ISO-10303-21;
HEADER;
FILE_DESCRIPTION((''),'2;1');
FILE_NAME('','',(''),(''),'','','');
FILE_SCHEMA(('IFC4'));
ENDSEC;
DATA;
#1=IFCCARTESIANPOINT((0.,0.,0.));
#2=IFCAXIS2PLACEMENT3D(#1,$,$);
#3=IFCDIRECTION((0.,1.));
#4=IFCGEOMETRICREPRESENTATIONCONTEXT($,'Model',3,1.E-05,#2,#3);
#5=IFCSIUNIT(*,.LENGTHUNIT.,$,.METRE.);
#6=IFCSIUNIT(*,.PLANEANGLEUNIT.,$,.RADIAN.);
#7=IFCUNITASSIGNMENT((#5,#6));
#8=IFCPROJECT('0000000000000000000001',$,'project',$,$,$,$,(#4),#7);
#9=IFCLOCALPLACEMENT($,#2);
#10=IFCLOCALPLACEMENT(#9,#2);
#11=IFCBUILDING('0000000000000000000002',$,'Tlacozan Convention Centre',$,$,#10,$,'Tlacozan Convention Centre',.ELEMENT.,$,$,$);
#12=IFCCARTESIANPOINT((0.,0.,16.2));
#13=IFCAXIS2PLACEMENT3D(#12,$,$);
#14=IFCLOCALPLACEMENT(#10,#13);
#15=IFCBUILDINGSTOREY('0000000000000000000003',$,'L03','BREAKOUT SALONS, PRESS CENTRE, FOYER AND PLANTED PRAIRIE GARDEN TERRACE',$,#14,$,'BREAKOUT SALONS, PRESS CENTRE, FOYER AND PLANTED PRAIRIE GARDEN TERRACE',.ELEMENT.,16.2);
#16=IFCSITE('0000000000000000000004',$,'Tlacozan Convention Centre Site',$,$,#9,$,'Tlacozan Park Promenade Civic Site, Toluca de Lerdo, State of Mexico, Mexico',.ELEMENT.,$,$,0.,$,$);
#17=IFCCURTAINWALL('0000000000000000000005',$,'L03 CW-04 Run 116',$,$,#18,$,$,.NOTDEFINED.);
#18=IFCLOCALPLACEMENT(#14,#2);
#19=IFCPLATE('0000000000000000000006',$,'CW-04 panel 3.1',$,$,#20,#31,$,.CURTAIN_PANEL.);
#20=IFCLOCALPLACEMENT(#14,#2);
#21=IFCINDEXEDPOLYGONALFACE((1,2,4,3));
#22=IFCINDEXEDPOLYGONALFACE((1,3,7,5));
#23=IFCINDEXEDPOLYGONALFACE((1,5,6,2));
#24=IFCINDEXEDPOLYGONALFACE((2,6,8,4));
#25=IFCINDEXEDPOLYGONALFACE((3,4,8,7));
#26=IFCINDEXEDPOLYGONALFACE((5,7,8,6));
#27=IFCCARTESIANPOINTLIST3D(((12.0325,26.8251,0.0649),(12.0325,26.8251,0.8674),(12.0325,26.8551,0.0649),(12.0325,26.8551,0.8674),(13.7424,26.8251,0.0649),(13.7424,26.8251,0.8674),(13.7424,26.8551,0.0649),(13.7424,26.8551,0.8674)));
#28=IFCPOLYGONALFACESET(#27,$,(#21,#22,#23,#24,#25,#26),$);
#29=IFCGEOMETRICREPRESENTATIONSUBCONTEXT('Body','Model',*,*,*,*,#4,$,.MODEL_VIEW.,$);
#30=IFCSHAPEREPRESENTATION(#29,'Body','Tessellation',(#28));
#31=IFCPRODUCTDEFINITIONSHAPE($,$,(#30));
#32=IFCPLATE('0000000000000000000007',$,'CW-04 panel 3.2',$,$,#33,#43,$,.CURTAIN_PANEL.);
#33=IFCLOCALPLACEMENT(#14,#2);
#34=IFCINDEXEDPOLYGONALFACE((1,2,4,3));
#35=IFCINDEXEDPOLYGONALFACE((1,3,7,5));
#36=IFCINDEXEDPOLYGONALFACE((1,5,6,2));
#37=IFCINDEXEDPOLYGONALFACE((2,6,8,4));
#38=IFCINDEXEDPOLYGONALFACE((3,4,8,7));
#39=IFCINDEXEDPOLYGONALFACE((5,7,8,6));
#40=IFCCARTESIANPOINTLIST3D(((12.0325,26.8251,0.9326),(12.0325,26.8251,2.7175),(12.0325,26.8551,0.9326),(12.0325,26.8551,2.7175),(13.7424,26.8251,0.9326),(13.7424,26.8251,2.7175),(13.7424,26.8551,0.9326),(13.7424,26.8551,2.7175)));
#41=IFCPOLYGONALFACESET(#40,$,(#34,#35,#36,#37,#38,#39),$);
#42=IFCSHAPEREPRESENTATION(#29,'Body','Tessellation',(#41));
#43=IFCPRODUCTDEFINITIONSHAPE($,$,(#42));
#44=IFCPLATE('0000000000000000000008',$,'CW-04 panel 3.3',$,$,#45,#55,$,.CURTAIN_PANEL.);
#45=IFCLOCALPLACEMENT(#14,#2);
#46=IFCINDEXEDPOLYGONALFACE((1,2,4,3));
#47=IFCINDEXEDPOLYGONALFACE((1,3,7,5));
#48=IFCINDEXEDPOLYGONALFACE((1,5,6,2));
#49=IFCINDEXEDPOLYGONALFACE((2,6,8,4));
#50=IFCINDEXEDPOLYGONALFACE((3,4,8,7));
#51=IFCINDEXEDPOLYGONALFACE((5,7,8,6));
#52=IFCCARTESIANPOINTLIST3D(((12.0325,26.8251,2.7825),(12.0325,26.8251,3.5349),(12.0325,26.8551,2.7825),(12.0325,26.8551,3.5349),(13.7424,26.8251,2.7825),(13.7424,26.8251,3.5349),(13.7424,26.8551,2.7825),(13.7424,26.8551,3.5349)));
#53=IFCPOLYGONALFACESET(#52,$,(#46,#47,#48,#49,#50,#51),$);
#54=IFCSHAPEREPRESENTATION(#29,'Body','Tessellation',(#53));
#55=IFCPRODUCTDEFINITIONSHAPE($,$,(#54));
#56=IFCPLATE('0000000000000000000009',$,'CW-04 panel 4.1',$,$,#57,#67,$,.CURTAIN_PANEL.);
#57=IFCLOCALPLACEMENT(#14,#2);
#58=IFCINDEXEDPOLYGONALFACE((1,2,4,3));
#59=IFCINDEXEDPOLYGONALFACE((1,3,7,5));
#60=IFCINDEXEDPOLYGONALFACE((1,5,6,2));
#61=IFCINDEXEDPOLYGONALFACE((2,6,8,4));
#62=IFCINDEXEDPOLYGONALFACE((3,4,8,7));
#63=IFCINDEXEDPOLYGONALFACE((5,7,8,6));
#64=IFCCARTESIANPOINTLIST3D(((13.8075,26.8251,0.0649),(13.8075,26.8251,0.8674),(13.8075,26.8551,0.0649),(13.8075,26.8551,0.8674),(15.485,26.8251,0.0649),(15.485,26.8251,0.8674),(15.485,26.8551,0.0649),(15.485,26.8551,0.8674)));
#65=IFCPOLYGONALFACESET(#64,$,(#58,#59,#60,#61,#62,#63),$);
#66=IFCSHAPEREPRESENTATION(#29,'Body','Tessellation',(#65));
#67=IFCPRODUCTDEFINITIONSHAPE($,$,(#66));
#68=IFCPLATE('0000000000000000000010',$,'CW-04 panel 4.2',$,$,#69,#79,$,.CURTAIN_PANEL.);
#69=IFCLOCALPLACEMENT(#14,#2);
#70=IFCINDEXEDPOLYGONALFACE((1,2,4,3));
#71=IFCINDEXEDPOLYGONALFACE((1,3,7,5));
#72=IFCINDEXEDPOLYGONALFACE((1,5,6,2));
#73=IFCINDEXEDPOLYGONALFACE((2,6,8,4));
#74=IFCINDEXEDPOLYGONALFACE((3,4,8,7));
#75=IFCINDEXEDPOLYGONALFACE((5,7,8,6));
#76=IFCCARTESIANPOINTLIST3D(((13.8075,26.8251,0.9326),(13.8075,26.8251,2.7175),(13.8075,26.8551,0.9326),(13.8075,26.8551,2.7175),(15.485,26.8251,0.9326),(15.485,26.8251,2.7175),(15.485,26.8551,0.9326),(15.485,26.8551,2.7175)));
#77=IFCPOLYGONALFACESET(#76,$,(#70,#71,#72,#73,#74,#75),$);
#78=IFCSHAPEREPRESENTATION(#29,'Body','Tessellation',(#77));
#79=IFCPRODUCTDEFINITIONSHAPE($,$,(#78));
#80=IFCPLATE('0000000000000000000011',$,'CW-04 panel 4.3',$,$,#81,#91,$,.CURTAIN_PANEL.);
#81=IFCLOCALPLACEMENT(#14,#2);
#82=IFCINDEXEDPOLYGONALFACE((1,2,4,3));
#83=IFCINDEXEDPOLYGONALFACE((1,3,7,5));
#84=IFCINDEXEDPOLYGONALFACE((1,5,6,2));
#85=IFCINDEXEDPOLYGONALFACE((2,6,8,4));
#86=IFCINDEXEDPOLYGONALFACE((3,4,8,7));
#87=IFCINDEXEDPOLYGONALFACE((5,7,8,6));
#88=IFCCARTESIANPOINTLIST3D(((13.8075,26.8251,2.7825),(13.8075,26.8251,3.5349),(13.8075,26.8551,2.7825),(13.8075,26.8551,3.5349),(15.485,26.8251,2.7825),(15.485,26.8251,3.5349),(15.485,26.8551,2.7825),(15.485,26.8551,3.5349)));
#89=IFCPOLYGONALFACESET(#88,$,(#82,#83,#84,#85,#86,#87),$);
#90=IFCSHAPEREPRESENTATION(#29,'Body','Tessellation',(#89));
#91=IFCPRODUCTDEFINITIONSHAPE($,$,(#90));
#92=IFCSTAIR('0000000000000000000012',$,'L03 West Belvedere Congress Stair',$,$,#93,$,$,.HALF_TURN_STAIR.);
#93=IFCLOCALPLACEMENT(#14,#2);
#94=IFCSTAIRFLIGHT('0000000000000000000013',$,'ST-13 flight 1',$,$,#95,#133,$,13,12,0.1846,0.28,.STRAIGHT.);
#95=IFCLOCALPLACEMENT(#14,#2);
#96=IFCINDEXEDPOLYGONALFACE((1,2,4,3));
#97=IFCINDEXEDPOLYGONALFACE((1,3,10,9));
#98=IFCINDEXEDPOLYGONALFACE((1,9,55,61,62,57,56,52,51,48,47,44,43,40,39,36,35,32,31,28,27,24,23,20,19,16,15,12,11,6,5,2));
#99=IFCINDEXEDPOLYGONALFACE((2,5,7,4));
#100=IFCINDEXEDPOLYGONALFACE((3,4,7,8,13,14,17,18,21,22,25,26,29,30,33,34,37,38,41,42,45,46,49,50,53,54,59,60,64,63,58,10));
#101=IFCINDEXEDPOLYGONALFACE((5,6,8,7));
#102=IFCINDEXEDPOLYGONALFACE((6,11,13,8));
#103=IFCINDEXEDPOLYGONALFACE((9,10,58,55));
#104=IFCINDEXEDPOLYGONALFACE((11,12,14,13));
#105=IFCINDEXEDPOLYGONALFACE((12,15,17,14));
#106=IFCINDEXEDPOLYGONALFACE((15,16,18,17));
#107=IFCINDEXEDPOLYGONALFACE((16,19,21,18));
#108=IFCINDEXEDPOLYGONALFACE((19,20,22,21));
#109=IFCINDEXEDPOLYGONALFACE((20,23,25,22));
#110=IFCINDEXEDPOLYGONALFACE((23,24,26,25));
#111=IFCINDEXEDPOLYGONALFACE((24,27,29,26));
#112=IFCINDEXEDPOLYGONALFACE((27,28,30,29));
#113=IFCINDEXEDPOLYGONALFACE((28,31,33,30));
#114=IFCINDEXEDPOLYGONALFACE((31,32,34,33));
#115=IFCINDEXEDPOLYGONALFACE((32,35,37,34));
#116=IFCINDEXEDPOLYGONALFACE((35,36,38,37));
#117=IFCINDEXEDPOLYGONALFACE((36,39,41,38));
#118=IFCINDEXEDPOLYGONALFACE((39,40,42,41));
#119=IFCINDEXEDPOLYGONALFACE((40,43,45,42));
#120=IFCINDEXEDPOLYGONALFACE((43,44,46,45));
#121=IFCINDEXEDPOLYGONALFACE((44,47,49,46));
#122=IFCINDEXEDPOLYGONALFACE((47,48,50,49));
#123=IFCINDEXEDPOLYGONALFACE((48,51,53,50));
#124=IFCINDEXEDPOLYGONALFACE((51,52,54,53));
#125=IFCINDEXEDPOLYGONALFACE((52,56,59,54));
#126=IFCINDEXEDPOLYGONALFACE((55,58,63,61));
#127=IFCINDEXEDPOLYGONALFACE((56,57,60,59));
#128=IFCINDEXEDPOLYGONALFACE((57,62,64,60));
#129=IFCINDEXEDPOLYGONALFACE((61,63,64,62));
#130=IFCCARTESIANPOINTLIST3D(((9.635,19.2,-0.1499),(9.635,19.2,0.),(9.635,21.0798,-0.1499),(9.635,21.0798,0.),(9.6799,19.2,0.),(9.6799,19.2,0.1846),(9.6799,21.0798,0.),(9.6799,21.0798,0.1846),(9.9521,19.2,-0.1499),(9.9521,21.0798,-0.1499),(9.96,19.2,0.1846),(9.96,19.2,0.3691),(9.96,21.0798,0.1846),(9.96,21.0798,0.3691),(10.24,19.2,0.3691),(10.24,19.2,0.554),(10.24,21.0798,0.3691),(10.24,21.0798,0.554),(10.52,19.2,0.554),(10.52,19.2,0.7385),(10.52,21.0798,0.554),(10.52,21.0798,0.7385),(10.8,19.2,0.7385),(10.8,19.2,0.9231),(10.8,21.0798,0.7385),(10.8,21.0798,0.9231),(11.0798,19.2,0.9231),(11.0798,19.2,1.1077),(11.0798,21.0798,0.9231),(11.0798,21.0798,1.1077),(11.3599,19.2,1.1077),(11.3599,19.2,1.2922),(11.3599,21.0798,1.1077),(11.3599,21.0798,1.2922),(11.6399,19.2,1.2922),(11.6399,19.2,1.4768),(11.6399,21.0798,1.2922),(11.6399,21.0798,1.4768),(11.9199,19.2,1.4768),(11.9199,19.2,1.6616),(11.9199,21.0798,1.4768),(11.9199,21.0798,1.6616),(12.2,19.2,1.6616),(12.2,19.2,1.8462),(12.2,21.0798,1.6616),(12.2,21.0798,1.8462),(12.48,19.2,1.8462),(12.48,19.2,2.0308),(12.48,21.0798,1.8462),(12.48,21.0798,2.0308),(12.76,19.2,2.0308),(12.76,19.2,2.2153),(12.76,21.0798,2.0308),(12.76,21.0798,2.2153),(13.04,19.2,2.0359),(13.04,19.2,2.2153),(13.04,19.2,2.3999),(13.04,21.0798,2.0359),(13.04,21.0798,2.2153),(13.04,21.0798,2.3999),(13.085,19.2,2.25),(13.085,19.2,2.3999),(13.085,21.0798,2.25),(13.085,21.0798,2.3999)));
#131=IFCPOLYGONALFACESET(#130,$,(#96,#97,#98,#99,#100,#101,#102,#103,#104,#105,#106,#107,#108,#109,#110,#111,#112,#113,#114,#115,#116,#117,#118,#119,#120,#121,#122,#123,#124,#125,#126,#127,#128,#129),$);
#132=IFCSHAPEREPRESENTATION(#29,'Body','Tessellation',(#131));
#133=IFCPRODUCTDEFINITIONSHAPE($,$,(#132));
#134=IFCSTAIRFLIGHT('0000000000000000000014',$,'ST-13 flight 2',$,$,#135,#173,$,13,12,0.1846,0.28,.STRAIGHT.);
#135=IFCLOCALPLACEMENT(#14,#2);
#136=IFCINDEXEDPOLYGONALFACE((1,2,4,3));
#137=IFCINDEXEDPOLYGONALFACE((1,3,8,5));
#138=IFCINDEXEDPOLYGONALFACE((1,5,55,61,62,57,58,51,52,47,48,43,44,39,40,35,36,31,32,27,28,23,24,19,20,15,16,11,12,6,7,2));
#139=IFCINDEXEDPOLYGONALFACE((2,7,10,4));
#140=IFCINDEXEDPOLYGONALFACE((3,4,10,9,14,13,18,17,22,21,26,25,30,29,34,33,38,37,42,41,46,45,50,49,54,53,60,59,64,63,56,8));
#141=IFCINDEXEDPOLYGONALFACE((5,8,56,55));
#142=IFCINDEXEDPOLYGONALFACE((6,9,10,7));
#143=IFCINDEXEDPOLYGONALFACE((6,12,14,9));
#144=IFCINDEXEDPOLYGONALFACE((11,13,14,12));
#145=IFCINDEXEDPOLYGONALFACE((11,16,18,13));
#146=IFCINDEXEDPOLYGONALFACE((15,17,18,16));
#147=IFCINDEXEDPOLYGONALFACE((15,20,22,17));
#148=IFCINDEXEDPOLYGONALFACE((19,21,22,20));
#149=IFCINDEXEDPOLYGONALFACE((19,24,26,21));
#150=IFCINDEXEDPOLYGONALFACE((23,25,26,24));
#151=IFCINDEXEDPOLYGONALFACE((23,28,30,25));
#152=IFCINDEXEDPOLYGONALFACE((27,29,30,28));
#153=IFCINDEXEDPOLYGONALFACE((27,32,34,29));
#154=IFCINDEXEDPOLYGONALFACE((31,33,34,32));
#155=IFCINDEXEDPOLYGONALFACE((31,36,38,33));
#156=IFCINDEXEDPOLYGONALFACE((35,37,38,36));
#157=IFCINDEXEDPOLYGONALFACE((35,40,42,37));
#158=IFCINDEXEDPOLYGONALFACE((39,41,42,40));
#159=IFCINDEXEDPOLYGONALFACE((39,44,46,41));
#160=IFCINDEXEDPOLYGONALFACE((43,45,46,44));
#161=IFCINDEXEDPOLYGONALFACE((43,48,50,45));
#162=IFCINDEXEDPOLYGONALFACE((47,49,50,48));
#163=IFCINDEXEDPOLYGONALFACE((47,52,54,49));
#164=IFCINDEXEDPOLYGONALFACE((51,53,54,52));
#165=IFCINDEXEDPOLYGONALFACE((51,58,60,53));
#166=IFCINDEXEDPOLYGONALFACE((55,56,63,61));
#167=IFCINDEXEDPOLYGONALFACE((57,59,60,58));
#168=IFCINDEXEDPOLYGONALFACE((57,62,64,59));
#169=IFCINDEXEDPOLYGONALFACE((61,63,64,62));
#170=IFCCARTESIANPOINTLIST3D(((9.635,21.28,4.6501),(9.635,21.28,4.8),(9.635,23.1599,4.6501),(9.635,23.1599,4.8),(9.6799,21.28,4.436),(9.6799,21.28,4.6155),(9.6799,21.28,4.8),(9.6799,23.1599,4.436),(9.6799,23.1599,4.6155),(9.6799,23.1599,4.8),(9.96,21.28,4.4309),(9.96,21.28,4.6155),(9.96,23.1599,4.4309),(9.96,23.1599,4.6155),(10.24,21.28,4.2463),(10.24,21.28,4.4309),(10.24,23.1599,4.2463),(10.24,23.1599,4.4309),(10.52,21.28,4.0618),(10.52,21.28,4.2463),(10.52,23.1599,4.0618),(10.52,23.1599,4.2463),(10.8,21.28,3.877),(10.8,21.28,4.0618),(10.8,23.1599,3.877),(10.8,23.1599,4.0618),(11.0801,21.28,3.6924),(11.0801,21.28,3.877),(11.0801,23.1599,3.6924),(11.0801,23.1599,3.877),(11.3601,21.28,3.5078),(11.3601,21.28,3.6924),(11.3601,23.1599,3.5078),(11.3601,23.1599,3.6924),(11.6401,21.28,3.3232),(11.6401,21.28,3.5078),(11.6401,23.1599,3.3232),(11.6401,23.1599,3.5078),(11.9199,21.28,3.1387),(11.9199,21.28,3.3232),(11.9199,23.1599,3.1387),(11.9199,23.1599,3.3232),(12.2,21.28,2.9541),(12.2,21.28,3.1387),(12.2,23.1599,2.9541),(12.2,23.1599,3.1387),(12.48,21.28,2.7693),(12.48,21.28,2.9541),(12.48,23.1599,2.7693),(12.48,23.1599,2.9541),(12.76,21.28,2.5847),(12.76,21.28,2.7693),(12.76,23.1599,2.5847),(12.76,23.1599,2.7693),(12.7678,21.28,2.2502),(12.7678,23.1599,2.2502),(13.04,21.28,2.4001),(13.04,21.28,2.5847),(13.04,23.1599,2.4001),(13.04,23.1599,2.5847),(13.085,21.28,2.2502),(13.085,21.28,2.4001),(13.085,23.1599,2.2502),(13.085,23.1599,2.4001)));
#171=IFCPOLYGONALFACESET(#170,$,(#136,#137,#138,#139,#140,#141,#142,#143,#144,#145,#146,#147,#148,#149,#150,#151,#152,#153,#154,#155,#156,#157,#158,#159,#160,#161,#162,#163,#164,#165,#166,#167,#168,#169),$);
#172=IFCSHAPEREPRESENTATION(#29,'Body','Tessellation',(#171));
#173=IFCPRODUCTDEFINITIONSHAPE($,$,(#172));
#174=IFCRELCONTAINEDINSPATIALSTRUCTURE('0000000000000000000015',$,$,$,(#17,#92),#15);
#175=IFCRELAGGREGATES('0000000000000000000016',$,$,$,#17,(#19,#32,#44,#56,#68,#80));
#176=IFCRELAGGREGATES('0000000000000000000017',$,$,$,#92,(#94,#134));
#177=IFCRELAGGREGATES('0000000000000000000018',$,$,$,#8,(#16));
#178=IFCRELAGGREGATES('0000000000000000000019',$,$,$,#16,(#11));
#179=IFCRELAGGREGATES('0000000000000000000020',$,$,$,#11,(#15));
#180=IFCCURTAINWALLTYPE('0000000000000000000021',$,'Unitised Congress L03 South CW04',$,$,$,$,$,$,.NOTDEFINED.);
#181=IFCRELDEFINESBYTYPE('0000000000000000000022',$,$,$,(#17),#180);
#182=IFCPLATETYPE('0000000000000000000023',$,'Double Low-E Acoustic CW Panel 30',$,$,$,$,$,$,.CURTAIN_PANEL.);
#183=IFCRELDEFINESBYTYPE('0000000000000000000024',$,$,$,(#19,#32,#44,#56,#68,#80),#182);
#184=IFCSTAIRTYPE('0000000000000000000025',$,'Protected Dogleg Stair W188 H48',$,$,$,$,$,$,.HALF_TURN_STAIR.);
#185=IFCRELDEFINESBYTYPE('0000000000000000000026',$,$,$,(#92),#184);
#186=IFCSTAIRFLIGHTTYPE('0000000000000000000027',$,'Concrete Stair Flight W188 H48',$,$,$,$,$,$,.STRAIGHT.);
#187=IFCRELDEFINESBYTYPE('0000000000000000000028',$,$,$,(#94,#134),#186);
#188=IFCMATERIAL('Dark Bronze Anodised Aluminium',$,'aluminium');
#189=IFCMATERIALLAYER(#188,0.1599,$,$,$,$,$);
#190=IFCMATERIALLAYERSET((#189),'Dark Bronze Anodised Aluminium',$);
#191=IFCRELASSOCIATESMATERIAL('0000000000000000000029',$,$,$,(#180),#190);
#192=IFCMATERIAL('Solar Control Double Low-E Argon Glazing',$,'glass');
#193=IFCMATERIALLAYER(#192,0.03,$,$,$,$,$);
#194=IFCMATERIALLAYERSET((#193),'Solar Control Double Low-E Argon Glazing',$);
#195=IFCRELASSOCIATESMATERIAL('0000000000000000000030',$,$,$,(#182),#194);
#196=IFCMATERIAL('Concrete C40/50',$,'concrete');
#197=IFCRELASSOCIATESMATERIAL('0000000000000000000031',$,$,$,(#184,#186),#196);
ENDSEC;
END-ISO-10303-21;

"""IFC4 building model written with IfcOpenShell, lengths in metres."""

from ifc_helpers import new_model, si_unit, direction, frame, origin, origin_2d, place, context, subcontext, project, spatial, polyline, rectangle, outline, extrude, material, layer, layer_set, type_object, element, aggregate, save


model = new_model("IFC4")

# Units and contexts
model_context = context("Model", 3, precision=1e-05, world=origin(), true_north=direction((0.0, 1.0)))
body_context = subcontext(model_context, "Body", "Model", "MODEL_VIEW")
ifc_project = project(units=[si_unit("LENGTHUNIT", "METRE"), si_unit("PLANEANGLEUNIT", "RADIAN")], contexts=[model_context])

# Site, building, storey
site_placement = place(None, origin())
site = spatial("IfcSite", under=ifc_project, at=site_placement, Name="Tlacozan Convention Centre Site", LongName="Tlacozan Park Promenade Civic Site, Toluca de Lerdo, State of Mexico, Mexico", CompositionType="ELEMENT", RefElevation=0.0)
building_placement = place(site_placement, origin())
building = spatial("IfcBuilding", under=site, at=building_placement, Name="Tlacozan Convention Centre", LongName="Tlacozan Convention Centre", CompositionType="ELEMENT")
storey_placement = place(building_placement, frame((0.0, 0.0, 16.2)))
storey = spatial("IfcBuildingStorey", under=building, at=storey_placement, Name="L03", Description="BREAKOUT SALONS, PRESS CENTRE, FOYER AND PLANTED PRAIRIE GARDEN TERRACE", LongName="BREAKOUT SALONS, PRESS CENTRE, FOYER AND PLANTED PRAIRIE GARDEN TERRACE", CompositionType="ELEMENT", Elevation=16.2)

# Shared definitions
ifc_material_1 = material(Name="Concrete C40/50", Category="concrete")

# Curtain wall
ifc_material_2 = material(Name="Dark Bronze Anodised Aluminium", Category="aluminium")
ifc_layer_1 = layer(ifc_material_2, 0.1599)
ifc_layer_set_1 = layer_set([ifc_layer_1], Name="Dark Bronze Anodised Aluminium")
curtain_wall_type = type_object("IfcCurtainWallType", Name="Unitised Congress L03 South CW04", PredefinedType="NOTDEFINED", material=ifc_layer_set_1)
curtain_wall_placement = place(storey_placement, origin())
curtain_wall = element("IfcCurtainWall", 1, at=curtain_wall_placement, inside=storey, type_object=curtain_wall_type, Name="L03 CW-04 Run 116", PredefinedType="NOTDEFINED")

# Plates
ifc_material_3 = material(Name="Solar Control Double Low-E Argon Glazing", Category="glass")
ifc_layer_2 = layer(ifc_material_3, 0.03)
ifc_layer_set_2 = layer_set([ifc_layer_2], Name="Solar Control Double Low-E Argon Glazing")
plate_type = type_object("IfcPlateType", Name="Double Low-E Acoustic CW Panel 30", PredefinedType="CURTAIN_PANEL", material=ifc_layer_set_2)
plate_1_placement = place(storey_placement, frame((12.8875, 26.8401, 0.0649), z_axis=(0.0, 0.0, 1.0), x_axis=(1.0, 0.0, 0.0)))
plate_1 = element("IfcPlate", 2, at=plate_1_placement, type_object=plate_type, Name="CW-04 panel 3.1", PredefinedType="CURTAIN_PANEL", context=body_context, shape_type="SweptSolid", body=[
    extrude(rectangle(XDim=1.71, YDim=0.03, at=origin_2d()), origin(), (0.0, 0.0, 1.0), 0.8025),
])
plate_2_placement = place(storey_placement, frame((12.8875, 26.8401, 0.9326), z_axis=(0.0, 0.0, 1.0), x_axis=(1.0, 0.0, 0.0)))
plate_2 = element("IfcPlate", 3, at=plate_2_placement, type_object=plate_type, Name="CW-04 panel 3.2", PredefinedType="CURTAIN_PANEL", context=body_context, shape_type="SweptSolid", body=[
    extrude(rectangle(XDim=1.71, YDim=0.03, at=origin_2d()), origin(), (0.0, 0.0, 1.0), 1.7849),
])
plate_3_placement = place(storey_placement, frame((12.8875, 26.8401, 2.7825), z_axis=(0.0, 0.0, 1.0), x_axis=(1.0, 0.0, 0.0)))
plate_3 = element("IfcPlate", 4, at=plate_3_placement, type_object=plate_type, Name="CW-04 panel 3.3", PredefinedType="CURTAIN_PANEL", context=body_context, shape_type="SweptSolid", body=[
    extrude(rectangle(XDim=1.71, YDim=0.03, at=origin_2d()), origin(), (0.0, 0.0, 1.0), 0.7524),
])
plate_4_placement = place(storey_placement, frame((14.6462, 26.8401, 0.0649), z_axis=(0.0, 0.0, 1.0), x_axis=(1.0, 0.0, 0.0)))
plate_4 = element("IfcPlate", 5, at=plate_4_placement, type_object=plate_type, Name="CW-04 panel 4.1", PredefinedType="CURTAIN_PANEL", context=body_context, shape_type="SweptSolid", body=[
    extrude(rectangle(XDim=1.6775, YDim=0.03, at=origin_2d()), origin(), (0.0, 0.0, 1.0), 0.8025),
])
plate_5_placement = place(storey_placement, frame((14.6462, 26.8401, 0.9326), z_axis=(0.0, 0.0, 1.0), x_axis=(1.0, 0.0, 0.0)))
plate_5 = element("IfcPlate", 6, at=plate_5_placement, type_object=plate_type, Name="CW-04 panel 4.2", PredefinedType="CURTAIN_PANEL", context=body_context, shape_type="SweptSolid", body=[
    extrude(rectangle(XDim=1.6775, YDim=0.03, at=origin_2d()), origin(), (0.0, 0.0, 1.0), 1.7849),
])
plate_6_placement = place(storey_placement, frame((14.6462, 26.8401, 2.7825), z_axis=(0.0, 0.0, 1.0), x_axis=(1.0, 0.0, 0.0)))
plate_6 = element("IfcPlate", 7, at=plate_6_placement, type_object=plate_type, Name="CW-04 panel 4.3", PredefinedType="CURTAIN_PANEL", context=body_context, shape_type="SweptSolid", body=[
    extrude(rectangle(XDim=1.6775, YDim=0.03, at=origin_2d()), origin(), (0.0, 0.0, 1.0), 0.7524),
])
aggregate(curtain_wall, [plate_1, plate_2, plate_3, plate_4, plate_5, plate_6])

# Stair, stair flights
stair_type = type_object("IfcStairType", Name="Protected Dogleg Stair W188 H48", PredefinedType="HALF_TURN_STAIR", material=ifc_material_1)
stair_placement = place(storey_placement, origin())
stair = element("IfcStair", 8, at=stair_placement, inside=storey, type_object=stair_type, Name="L03 West Belvedere Congress Stair", PredefinedType="HALF_TURN_STAIR")
stair_flight_type = type_object("IfcStairFlightType", Name="Concrete Stair Flight W188 H48", PredefinedType="STRAIGHT", material=ifc_material_1)
stair_flight_1_placement = place(storey_placement, frame((9.6799, 20.1399, 0.0), z_axis=(0.0, 0.0, 1.0), x_axis=(1.0, 0.0, 0.0)))
stair_flight_1 = element("IfcStairFlight", 9, at=stair_flight_1_placement, type_object=stair_flight_type, Name="ST-13 flight 1", NumberOfRisers=13, NumberOfTreads=12, PredefinedType="STRAIGHT", RiserHeight=0.1846, TreadLength=0.28, context=body_context, shape_type="SweptSolid", body=[
    extrude(outline(polyline([(-0.0449, -0.1499), (-0.0449, 0.0), (0.0, 0.0), (0.0, 0.1846), (0.28, 0.1846), (0.28, 0.3691), (0.5601, 0.3691), (0.5601, 0.554), (0.8401, 0.554), (0.8401, 0.7385), (1.1201, 0.7385), (1.1201, 0.9231), (1.3999, 0.9231), (1.3999, 1.1077), (1.6799, 1.1077), (1.6799, 1.2922), (1.96, 1.2922), (1.96, 1.4768), (2.24, 1.4768), (2.24, 1.6616), (2.52, 1.6616), (2.52, 1.8462), (2.8, 1.8462), (2.8, 2.0308), (3.0801, 2.0308), (3.0801, 2.2153), (3.3601, 2.2153), (3.3601, 2.3999), (3.405, 2.3999), (3.405, 2.25), (3.3601, 2.0359), (0.2722, -0.1499), (-0.0449, -0.1499)])), frame((0.0, 0.9399, 0.0), z_axis=(0.0, -1.0, 0.0), x_axis=(1.0, 0.0, 0.0)), (0.0, 0.0, 1.0), 1.8799),
])
stair_flight_2_placement = place(storey_placement, frame((13.04, 22.22, 2.4001), z_axis=(0.0, 0.0, 1.0), x_axis=(-1.0, 0.0, 0.0)))
stair_flight_2 = element("IfcStairFlight", 10, at=stair_flight_2_placement, type_object=stair_flight_type, Name="ST-13 flight 2", NumberOfRisers=13, NumberOfTreads=12, PredefinedType="STRAIGHT", RiserHeight=0.1846, TreadLength=0.28, context=body_context, shape_type="SweptSolid", body=[
    extrude(outline(polyline([(-0.0449, -0.1499), (-0.0449, 0.0), (0.0, 0.0), (0.0, 0.1846), (0.28, 0.1846), (0.28, 0.3691), (0.5601, 0.3691), (0.5601, 0.554), (0.8401, 0.554), (0.8401, 0.7385), (1.1201, 0.7385), (1.1201, 0.9231), (1.3999, 0.9231), (1.3999, 1.1077), (1.6799, 1.1077), (1.6799, 1.2922), (1.96, 1.2922), (1.96, 1.4768), (2.24, 1.4768), (2.24, 1.6616), (2.52, 1.6616), (2.52, 1.8462), (2.8, 1.8462), (2.8, 2.0308), (3.0801, 2.0308), (3.0801, 2.2153), (3.3601, 2.2153), (3.3601, 2.3999), (3.405, 2.3999), (3.405, 2.25), (3.3601, 2.0359), (0.2722, -0.1499), (-0.0449, -0.1499)])), frame((0.0, 0.9399, 0.0), z_axis=(0.0, -1.0, 0.0), x_axis=(1.0, 0.0, 0.0)), (0.0, 0.0, 1.0), 1.8799),
])
aggregate(stair, [stair_flight_1, stair_flight_2])

save(model, "model.ifc")
